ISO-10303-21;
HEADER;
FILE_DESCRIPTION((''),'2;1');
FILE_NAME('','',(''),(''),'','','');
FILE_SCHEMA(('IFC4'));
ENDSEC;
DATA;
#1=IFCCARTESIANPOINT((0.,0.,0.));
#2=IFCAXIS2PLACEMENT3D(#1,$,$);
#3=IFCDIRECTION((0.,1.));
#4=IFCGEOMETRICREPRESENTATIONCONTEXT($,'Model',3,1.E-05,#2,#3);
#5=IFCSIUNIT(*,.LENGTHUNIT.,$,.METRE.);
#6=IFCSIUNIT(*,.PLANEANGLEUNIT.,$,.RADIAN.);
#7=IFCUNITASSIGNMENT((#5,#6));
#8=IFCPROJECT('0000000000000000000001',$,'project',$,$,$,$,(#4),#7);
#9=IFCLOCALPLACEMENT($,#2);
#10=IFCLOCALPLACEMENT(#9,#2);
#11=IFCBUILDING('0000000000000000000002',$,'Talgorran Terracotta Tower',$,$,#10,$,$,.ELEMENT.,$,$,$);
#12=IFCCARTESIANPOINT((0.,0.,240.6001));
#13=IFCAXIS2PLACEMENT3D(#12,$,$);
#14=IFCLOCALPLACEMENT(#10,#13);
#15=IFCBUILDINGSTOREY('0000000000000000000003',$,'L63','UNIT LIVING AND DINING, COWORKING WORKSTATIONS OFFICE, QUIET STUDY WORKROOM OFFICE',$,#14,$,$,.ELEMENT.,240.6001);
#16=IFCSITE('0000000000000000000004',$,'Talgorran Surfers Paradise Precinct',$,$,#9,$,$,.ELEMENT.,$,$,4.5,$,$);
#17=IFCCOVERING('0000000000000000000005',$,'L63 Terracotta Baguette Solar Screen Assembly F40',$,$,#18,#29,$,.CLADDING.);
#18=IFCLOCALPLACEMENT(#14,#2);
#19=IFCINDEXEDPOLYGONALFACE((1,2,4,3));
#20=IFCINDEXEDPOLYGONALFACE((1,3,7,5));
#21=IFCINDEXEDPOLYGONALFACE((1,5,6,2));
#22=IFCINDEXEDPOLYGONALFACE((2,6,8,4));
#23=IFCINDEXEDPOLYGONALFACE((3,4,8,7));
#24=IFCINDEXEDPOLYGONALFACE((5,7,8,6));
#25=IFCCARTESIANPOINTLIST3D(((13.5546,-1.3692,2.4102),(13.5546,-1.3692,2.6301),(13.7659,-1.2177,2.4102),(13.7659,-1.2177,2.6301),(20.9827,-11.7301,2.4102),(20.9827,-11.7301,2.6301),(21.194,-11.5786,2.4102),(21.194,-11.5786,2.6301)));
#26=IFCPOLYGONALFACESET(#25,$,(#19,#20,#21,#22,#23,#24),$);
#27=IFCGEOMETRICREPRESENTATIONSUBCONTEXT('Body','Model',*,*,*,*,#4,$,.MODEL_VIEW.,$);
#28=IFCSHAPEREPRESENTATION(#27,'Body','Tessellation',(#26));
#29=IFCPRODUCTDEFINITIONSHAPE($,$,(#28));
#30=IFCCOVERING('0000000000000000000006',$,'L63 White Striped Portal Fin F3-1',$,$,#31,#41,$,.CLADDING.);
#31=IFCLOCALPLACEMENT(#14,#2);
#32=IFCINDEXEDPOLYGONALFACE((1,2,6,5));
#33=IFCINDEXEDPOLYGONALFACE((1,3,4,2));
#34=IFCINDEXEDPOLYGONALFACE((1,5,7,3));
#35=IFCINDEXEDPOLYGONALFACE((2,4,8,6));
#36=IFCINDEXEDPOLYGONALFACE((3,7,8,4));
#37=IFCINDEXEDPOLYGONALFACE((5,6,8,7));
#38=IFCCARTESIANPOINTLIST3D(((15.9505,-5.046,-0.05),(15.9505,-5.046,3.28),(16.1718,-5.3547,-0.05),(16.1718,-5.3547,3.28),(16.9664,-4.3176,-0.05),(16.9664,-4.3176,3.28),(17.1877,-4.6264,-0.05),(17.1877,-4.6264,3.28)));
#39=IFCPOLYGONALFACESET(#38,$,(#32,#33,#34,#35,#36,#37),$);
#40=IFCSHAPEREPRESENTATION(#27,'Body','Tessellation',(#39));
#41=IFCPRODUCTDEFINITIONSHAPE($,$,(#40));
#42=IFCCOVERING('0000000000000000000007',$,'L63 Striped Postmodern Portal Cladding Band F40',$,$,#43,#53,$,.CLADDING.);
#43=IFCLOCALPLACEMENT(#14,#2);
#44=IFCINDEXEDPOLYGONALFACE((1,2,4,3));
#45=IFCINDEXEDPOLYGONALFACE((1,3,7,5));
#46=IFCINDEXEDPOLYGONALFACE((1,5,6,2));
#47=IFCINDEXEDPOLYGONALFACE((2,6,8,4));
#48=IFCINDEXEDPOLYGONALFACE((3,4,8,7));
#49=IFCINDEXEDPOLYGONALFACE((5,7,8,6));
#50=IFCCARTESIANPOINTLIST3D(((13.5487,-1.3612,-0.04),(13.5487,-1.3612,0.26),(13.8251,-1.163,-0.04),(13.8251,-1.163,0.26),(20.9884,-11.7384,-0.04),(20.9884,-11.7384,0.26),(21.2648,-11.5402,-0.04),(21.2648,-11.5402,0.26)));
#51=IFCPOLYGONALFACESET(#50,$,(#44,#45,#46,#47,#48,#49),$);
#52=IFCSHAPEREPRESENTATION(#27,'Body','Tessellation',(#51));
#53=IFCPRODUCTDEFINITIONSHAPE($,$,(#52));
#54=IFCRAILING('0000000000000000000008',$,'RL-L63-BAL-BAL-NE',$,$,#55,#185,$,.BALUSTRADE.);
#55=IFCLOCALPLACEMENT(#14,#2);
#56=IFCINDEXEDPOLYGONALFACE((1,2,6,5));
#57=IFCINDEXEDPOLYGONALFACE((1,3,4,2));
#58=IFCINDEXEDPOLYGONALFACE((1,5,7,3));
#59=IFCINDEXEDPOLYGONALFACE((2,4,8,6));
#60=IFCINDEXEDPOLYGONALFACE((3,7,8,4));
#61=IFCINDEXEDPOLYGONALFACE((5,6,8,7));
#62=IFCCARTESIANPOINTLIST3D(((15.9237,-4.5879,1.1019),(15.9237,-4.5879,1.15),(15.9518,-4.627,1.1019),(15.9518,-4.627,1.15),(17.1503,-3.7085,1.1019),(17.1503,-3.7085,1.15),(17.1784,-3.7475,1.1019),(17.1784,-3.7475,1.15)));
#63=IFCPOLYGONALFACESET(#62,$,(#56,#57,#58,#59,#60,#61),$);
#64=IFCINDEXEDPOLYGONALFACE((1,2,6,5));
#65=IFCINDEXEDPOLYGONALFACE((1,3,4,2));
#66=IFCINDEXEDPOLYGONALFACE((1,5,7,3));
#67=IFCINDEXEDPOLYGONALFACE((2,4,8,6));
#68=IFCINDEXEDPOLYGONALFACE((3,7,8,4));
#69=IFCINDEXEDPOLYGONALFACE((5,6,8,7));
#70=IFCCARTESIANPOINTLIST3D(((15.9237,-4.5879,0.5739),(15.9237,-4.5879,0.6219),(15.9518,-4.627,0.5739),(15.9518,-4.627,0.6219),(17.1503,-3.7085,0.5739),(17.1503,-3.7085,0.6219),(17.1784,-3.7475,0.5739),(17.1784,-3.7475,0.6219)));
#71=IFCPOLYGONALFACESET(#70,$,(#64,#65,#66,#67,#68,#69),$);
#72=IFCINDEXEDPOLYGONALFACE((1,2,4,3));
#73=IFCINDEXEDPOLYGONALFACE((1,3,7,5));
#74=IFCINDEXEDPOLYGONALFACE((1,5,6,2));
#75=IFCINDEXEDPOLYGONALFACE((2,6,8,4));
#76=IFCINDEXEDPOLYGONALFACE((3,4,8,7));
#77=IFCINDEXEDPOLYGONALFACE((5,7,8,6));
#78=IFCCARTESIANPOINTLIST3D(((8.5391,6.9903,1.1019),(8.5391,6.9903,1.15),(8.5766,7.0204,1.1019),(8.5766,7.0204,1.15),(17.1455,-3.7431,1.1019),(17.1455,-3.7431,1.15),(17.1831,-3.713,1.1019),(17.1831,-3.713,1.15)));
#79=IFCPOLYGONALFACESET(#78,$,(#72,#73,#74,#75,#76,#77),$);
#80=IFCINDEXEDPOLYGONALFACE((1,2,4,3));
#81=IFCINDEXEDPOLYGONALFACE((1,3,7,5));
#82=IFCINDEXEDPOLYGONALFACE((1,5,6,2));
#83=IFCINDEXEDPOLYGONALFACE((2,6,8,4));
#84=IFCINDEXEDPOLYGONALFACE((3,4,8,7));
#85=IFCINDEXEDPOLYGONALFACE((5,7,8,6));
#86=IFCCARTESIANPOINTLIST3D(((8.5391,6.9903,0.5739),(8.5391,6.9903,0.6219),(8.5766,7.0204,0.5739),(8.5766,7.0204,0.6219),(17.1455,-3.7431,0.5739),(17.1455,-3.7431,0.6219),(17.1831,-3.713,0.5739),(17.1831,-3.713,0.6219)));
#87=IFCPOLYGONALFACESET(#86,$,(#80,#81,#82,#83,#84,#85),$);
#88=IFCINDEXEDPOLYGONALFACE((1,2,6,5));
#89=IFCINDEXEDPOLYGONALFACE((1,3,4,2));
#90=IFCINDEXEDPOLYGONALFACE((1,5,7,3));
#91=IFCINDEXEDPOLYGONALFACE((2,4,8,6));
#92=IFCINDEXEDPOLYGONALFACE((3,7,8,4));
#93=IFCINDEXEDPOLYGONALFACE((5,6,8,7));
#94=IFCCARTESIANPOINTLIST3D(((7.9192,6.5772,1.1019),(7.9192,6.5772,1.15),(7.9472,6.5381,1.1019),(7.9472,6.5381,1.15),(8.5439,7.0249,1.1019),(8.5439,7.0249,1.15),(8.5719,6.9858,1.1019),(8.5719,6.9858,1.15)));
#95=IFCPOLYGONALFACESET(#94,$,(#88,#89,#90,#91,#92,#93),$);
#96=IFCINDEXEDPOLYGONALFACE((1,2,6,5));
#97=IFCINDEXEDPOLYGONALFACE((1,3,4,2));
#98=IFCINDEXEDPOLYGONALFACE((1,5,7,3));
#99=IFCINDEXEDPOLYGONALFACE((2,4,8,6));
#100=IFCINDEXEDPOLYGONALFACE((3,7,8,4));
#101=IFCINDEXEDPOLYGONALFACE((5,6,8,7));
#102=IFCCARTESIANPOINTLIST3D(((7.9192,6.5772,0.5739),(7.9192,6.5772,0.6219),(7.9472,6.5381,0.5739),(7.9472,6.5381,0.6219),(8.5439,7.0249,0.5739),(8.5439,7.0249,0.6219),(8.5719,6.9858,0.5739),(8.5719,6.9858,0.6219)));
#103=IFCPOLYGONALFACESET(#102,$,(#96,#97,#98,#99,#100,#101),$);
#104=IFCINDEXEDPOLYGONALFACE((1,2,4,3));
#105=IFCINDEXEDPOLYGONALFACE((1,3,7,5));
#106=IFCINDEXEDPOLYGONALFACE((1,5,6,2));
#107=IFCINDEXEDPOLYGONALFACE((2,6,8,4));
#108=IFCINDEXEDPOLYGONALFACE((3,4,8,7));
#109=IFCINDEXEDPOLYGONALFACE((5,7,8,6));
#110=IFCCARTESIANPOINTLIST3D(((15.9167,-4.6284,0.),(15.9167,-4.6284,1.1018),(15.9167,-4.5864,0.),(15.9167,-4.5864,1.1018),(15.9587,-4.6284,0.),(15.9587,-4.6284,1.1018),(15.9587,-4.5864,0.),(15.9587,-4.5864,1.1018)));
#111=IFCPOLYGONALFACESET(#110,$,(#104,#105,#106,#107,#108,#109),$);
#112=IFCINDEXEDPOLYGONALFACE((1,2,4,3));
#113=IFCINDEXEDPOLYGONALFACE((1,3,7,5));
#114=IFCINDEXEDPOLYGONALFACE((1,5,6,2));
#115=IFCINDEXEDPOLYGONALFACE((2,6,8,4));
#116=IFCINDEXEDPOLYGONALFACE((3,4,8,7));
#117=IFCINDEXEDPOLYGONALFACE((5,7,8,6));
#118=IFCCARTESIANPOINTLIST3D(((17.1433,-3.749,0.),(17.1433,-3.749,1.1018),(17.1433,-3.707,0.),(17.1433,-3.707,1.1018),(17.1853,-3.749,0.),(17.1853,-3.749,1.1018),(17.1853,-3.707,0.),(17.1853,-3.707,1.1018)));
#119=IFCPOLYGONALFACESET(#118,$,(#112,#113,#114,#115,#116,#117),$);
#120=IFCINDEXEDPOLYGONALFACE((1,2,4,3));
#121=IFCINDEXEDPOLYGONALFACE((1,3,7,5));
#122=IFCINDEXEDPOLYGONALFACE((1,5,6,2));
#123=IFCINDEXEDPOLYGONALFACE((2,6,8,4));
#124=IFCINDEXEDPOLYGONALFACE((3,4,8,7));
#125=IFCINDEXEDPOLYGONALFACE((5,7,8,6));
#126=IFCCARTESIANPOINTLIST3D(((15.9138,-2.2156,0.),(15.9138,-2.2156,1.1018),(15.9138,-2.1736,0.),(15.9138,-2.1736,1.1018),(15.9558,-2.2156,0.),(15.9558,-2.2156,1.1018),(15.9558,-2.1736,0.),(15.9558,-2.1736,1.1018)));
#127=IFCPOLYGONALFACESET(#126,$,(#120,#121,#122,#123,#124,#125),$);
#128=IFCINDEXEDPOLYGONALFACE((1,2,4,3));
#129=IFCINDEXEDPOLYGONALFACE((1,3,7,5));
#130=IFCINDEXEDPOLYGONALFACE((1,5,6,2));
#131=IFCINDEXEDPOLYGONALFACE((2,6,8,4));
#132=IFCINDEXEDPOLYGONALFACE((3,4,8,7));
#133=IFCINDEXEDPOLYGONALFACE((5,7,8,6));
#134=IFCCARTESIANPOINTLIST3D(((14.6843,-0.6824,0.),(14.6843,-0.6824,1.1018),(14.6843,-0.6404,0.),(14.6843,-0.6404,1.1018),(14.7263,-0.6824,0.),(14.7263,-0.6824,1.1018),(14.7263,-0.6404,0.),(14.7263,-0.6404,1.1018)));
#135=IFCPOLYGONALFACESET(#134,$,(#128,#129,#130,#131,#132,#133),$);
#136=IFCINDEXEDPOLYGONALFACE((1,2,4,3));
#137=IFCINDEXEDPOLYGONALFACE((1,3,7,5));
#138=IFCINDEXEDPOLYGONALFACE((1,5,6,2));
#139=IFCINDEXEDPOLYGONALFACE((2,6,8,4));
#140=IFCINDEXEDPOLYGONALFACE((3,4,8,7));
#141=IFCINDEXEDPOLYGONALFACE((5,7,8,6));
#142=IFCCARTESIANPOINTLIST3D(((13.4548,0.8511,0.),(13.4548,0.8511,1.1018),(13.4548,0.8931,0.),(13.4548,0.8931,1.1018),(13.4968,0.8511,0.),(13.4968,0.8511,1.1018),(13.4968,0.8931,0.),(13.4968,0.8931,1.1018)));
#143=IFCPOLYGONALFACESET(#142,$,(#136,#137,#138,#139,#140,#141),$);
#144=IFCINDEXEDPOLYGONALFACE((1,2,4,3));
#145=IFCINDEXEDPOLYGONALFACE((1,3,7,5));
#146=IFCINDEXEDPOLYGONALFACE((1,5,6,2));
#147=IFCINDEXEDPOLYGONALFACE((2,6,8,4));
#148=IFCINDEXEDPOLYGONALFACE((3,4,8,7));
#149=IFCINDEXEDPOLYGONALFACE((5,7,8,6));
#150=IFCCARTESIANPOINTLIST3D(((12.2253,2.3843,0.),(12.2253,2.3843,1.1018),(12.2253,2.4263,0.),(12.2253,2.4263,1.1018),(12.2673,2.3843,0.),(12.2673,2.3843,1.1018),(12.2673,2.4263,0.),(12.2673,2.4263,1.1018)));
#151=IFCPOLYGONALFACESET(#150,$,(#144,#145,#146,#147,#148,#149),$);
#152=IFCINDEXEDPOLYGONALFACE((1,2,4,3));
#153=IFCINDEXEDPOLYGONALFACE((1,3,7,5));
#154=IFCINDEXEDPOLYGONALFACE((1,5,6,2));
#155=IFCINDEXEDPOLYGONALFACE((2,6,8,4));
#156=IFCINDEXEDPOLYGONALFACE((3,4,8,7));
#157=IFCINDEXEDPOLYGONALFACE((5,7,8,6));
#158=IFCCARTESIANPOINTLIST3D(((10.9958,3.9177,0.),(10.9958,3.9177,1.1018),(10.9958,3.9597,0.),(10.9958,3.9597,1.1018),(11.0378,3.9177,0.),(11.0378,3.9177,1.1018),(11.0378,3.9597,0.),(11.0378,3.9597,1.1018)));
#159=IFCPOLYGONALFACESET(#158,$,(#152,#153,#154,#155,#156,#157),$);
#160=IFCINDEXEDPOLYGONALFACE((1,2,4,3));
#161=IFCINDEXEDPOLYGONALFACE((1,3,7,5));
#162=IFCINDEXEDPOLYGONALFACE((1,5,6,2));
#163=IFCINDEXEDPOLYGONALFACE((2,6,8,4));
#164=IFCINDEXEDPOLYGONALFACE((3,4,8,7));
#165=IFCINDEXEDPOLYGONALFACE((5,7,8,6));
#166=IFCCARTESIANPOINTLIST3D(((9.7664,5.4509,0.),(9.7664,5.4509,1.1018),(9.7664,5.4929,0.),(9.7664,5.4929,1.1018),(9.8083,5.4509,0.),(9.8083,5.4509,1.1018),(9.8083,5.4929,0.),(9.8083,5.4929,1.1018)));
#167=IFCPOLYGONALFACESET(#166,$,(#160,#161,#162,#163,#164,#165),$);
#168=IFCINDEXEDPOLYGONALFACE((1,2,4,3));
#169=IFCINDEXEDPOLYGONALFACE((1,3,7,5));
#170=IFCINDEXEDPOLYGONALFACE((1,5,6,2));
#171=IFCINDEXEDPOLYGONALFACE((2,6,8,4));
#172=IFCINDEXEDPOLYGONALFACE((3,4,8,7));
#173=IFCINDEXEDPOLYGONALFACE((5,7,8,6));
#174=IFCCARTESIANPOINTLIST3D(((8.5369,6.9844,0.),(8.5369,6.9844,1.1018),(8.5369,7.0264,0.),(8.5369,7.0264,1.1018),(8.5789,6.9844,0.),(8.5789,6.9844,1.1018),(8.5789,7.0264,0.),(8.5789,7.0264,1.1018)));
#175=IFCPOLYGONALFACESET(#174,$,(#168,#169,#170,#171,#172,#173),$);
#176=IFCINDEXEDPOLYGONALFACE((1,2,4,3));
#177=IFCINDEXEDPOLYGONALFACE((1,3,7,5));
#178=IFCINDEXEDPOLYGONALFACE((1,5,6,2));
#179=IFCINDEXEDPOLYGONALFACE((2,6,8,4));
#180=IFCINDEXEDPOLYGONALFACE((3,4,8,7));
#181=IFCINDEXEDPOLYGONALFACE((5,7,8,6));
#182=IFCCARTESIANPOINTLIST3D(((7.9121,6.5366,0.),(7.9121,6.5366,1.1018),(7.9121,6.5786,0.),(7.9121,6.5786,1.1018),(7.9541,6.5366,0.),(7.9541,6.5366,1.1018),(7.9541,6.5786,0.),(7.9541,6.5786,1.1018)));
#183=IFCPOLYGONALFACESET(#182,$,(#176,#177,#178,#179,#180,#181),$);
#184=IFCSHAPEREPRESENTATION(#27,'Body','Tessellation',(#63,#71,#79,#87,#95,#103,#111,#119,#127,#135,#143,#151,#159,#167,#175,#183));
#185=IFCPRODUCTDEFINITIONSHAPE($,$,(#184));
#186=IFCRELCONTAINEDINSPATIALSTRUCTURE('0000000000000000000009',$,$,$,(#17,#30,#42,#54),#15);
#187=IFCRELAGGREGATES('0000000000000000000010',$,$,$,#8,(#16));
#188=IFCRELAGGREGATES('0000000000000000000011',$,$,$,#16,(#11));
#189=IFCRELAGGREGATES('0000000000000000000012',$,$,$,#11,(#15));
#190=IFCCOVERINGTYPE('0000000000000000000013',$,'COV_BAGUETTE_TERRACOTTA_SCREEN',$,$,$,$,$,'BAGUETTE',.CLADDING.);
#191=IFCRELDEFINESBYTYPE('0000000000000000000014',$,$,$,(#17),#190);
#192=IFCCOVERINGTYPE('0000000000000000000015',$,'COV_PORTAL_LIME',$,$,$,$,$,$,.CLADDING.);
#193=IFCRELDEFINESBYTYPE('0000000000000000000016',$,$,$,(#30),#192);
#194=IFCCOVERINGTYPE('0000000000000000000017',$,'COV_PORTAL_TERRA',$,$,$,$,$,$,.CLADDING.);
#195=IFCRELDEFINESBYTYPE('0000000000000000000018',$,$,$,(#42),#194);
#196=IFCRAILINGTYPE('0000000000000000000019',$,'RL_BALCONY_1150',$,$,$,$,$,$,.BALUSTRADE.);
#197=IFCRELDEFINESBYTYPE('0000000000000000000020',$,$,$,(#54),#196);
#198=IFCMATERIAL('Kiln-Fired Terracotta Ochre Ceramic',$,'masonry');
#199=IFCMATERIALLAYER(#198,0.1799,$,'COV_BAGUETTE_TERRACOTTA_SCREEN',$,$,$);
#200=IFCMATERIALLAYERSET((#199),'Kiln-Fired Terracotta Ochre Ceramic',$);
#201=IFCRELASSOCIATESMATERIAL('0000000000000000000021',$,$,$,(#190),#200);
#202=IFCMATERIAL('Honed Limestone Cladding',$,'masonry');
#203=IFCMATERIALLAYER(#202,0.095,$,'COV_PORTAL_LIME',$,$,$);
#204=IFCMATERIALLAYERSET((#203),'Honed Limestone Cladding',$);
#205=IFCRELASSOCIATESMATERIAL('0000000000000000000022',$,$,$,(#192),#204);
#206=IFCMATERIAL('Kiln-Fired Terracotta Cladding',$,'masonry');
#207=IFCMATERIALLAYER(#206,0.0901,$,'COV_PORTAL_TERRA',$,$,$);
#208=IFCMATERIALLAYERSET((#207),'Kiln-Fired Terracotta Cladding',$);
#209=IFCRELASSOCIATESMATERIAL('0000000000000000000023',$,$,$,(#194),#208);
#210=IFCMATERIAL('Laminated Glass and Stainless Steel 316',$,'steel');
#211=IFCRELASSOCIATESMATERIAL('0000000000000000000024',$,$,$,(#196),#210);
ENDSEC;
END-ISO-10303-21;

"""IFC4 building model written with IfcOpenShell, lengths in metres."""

from ifc_helpers import new_model, si_unit, direction, frame, origin, origin_2d, place, context, subcontext, project, spatial, rectangle, extrude, material, layer, layer_set, type_object, element, save


model = new_model("IFC4")

# Units and contexts
model_context = context("Model", 3, precision=1e-05, world=origin(), true_north=direction((0.0, 1.0)))
body_context = subcontext(model_context, "Body", "Model", "MODEL_VIEW")
ifc_project = project(units=[si_unit("LENGTHUNIT", "METRE"), si_unit("PLANEANGLEUNIT", "RADIAN")], contexts=[model_context])

# Site, building, storey
site_placement = place(None, origin())
site = spatial("IfcSite", under=ifc_project, at=site_placement, Name="Talgorran Surfers Paradise Precinct", CompositionType="ELEMENT", RefElevation=4.5)
building_placement = place(site_placement, origin())
building = spatial("IfcBuilding", under=site, at=building_placement, Name="Talgorran Terracotta Tower", CompositionType="ELEMENT")
storey_placement = place(building_placement, frame((0.0, 0.0, 240.6001)))
storey = spatial("IfcBuildingStorey", under=building, at=storey_placement, Name="L63", Description="UNIT LIVING AND DINING, COWORKING WORKSTATIONS OFFICE, QUIET STUDY WORKROOM OFFICE", CompositionType="ELEMENT", Elevation=240.6001)

# Coverings
ifc_material_1 = material(Name="Kiln-Fired Terracotta Ochre Ceramic", Category="masonry")
ifc_layer_1 = layer(ifc_material_1, 0.1799, Name="COV_BAGUETTE_TERRACOTTA_SCREEN")
ifc_layer_set_1 = layer_set([ifc_layer_1], Name="Kiln-Fired Terracotta Ochre Ceramic")
covering_type_1 = type_object("IfcCoveringType", Name="COV_BAGUETTE_TERRACOTTA_SCREEN", ElementType="BAGUETTE", PredefinedType="CLADDING", material=ifc_layer_set_1)
covering_1_placement = place(storey_placement, frame((17.3743, -6.4739, 2.4102), z_axis=(0.0, 0.0, 1.0), x_axis=(-0.582662, 0.812715, 0.0)))
element("IfcCovering", 1, at=covering_1_placement, inside=storey, type_object=covering_type_1, Name="L63 Terracotta Baguette Solar Screen Assembly F40", PredefinedType="CLADDING", context=body_context, shape_type="SweptSolid", body=[
    extrude(rectangle(XDim=12.7485, YDim=0.26, at=origin_2d()), origin(), (0.0, 0.0, 1.0), 0.22),
])
ifc_material_2 = material(Name="Honed Limestone Cladding", Category="masonry")
ifc_layer_2 = layer(ifc_material_2, 0.095, Name="COV_PORTAL_LIME")
ifc_layer_set_2 = layer_set([ifc_layer_2], Name="Honed Limestone Cladding")
covering_type_2 = type_object("IfcCoveringType", Name="COV_PORTAL_LIME", PredefinedType="CLADDING", material=ifc_layer_set_2)
covering_2_placement = place(storey_placement, frame((16.5691, -4.8362, -0.05), z_axis=(0.0, 0.0, 1.0), x_axis=(-0.582662, 0.812715, 0.0)))
element("IfcCovering", 2, at=covering_2_placement, inside=storey, type_object=covering_type_2, Name="L63 White Striped Portal Fin F3-1", PredefinedType="CLADDING", context=body_context, shape_type="SweptSolid", body=[
    extrude(rectangle(XDim=0.3799, YDim=1.25, at=origin_2d()), origin(), (0.0, 0.0, 1.0), 3.3301),
])
ifc_material_3 = material(Name="Kiln-Fired Terracotta Cladding", Category="masonry")
ifc_layer_3 = layer(ifc_material_3, 0.0901, Name="COV_PORTAL_TERRA")
ifc_layer_set_3 = layer_set([ifc_layer_3], Name="Kiln-Fired Terracotta Cladding")
covering_type_3 = type_object("IfcCoveringType", Name="COV_PORTAL_TERRA", PredefinedType="CLADDING", material=ifc_layer_set_3)
covering_3_placement = place(storey_placement, frame((17.4067, -6.4507, -0.04), z_axis=(0.0, 0.0, 1.0), x_axis=(-0.582662, 0.812715, 0.0)))
element("IfcCovering", 3, at=covering_3_placement, inside=storey, type_object=covering_type_3, Name="L63 Striped Postmodern Portal Cladding Band F40", PredefinedType="CLADDING", context=body_context, shape_type="SweptSolid", body=[
    extrude(rectangle(XDim=12.7686, YDim=0.3401, at=origin_2d()), origin(), (0.0, 0.0, 1.0), 0.3),
])

# Railing
ifc_material_4 = material(Name="Laminated Glass and Stainless Steel 316", Category="steel")
railing_type_1 = type_object("IfcRailingType", Name="RL_BALCONY_1150", PredefinedType="BALUSTRADE", material=ifc_material_4)
railing_1_placement = place(storey_placement, frame((15.9377, -4.6074, 0.0)))
element("IfcRailing", 4, at=railing_1_placement, inside=storey, type_object=railing_type_1, Name="RL-L63-BAL-BAL-NE", PredefinedType="BALUSTRADE", context=body_context, shape_type="SweptSolid", body=[
    extrude(rectangle(XDim=0.0481, YDim=0.0481, at=origin_2d()), frame((0.0, 0.0, 1.126), z_axis=(0.812705, 0.582676, 0.0), x_axis=(-0.582676, 0.812705, 0.0)), (0.0, 0.0, 1.0), 1.5093),
    extrude(rectangle(XDim=0.0481, YDim=0.0481, at=origin_2d()), frame((0.0, 0.0, 0.5979), z_axis=(0.812705, 0.582676, 0.0), x_axis=(-0.582676, 0.812705, 0.0)), (0.0, 0.0, 1.0), 1.5093),
    extrude(rectangle(XDim=0.0481, YDim=0.0481, at=origin_2d()), frame((1.2266, 0.8794, 1.126), z_axis=(-0.625569, 0.780169, 0.0), x_axis=(-0.780169, -0.625569, 0.0)), (0.0, 0.0, 1.0), 13.7578),
    extrude(rectangle(XDim=0.0481, YDim=0.0481, at=origin_2d()), frame((1.2266, 0.8794, 0.5979), z_axis=(-0.625569, 0.780169, 0.0), x_axis=(-0.780169, -0.625569, 0.0)), (0.0, 0.0, 1.0), 13.7578),
    extrude(rectangle(XDim=0.0481, YDim=0.0481, at=origin_2d()), frame((-7.3799, 11.6128, 1.126), z_axis=(-0.81281, -0.582529, 0.0), x_axis=(0.582529, -0.81281, 0.0)), (0.0, 0.0, 1.0), 0.7686),
    extrude(rectangle(XDim=0.0481, YDim=0.0481, at=origin_2d()), frame((-7.3799, 11.6128, 0.5979), z_axis=(-0.81281, -0.582529, 0.0), x_axis=(0.582529, -0.81281, 0.0)), (0.0, 0.0, 1.0), 0.7686),
    extrude(rectangle(XDim=0.042, YDim=0.042, at=origin_2d()), origin(), (0.0, 0.0, 1.0), 1.1018),
    extrude(rectangle(XDim=0.042, YDim=0.042, at=origin_2d()), frame((1.2266, 0.8794, 0.0)), (0.0, 0.0, 1.0), 1.1018),
    extrude(rectangle(XDim=0.042, YDim=0.042, at=origin_2d()), frame((-0.0029, 2.4128, 0.0)), (0.0, 0.0, 1.0), 1.1018),
    extrude(rectangle(XDim=0.042, YDim=0.042, at=origin_2d()), frame((-1.2324, 3.946, 0.0)), (0.0, 0.0, 1.0), 1.1018),
    extrude(rectangle(XDim=0.042, YDim=0.042, at=origin_2d()), frame((-2.4619, 5.4795, 0.0)), (0.0, 0.0, 1.0), 1.1018),
    extrude(rectangle(XDim=0.042, YDim=0.042, at=origin_2d()), frame((-3.6914, 7.0127, 0.0)), (0.0, 0.0, 1.0), 1.1018),
    extrude(rectangle(XDim=0.042, YDim=0.042, at=origin_2d()), frame((-4.9209, 8.5461, 0.0)), (0.0, 0.0, 1.0), 1.1018),
    extrude(rectangle(XDim=0.042, YDim=0.042, at=origin_2d()), frame((-6.1504, 10.0793, 0.0)), (0.0, 0.0, 1.0), 1.1018),
    extrude(rectangle(XDim=0.042, YDim=0.042, at=origin_2d()), frame((-7.3799, 11.6128, 0.0)), (0.0, 0.0, 1.0), 1.1018),
    extrude(rectangle(XDim=0.042, YDim=0.042, at=origin_2d()), frame((-8.0046, 11.165, 0.0)), (0.0, 0.0, 1.0), 1.1018),
])

save(model, "model.ifc")
